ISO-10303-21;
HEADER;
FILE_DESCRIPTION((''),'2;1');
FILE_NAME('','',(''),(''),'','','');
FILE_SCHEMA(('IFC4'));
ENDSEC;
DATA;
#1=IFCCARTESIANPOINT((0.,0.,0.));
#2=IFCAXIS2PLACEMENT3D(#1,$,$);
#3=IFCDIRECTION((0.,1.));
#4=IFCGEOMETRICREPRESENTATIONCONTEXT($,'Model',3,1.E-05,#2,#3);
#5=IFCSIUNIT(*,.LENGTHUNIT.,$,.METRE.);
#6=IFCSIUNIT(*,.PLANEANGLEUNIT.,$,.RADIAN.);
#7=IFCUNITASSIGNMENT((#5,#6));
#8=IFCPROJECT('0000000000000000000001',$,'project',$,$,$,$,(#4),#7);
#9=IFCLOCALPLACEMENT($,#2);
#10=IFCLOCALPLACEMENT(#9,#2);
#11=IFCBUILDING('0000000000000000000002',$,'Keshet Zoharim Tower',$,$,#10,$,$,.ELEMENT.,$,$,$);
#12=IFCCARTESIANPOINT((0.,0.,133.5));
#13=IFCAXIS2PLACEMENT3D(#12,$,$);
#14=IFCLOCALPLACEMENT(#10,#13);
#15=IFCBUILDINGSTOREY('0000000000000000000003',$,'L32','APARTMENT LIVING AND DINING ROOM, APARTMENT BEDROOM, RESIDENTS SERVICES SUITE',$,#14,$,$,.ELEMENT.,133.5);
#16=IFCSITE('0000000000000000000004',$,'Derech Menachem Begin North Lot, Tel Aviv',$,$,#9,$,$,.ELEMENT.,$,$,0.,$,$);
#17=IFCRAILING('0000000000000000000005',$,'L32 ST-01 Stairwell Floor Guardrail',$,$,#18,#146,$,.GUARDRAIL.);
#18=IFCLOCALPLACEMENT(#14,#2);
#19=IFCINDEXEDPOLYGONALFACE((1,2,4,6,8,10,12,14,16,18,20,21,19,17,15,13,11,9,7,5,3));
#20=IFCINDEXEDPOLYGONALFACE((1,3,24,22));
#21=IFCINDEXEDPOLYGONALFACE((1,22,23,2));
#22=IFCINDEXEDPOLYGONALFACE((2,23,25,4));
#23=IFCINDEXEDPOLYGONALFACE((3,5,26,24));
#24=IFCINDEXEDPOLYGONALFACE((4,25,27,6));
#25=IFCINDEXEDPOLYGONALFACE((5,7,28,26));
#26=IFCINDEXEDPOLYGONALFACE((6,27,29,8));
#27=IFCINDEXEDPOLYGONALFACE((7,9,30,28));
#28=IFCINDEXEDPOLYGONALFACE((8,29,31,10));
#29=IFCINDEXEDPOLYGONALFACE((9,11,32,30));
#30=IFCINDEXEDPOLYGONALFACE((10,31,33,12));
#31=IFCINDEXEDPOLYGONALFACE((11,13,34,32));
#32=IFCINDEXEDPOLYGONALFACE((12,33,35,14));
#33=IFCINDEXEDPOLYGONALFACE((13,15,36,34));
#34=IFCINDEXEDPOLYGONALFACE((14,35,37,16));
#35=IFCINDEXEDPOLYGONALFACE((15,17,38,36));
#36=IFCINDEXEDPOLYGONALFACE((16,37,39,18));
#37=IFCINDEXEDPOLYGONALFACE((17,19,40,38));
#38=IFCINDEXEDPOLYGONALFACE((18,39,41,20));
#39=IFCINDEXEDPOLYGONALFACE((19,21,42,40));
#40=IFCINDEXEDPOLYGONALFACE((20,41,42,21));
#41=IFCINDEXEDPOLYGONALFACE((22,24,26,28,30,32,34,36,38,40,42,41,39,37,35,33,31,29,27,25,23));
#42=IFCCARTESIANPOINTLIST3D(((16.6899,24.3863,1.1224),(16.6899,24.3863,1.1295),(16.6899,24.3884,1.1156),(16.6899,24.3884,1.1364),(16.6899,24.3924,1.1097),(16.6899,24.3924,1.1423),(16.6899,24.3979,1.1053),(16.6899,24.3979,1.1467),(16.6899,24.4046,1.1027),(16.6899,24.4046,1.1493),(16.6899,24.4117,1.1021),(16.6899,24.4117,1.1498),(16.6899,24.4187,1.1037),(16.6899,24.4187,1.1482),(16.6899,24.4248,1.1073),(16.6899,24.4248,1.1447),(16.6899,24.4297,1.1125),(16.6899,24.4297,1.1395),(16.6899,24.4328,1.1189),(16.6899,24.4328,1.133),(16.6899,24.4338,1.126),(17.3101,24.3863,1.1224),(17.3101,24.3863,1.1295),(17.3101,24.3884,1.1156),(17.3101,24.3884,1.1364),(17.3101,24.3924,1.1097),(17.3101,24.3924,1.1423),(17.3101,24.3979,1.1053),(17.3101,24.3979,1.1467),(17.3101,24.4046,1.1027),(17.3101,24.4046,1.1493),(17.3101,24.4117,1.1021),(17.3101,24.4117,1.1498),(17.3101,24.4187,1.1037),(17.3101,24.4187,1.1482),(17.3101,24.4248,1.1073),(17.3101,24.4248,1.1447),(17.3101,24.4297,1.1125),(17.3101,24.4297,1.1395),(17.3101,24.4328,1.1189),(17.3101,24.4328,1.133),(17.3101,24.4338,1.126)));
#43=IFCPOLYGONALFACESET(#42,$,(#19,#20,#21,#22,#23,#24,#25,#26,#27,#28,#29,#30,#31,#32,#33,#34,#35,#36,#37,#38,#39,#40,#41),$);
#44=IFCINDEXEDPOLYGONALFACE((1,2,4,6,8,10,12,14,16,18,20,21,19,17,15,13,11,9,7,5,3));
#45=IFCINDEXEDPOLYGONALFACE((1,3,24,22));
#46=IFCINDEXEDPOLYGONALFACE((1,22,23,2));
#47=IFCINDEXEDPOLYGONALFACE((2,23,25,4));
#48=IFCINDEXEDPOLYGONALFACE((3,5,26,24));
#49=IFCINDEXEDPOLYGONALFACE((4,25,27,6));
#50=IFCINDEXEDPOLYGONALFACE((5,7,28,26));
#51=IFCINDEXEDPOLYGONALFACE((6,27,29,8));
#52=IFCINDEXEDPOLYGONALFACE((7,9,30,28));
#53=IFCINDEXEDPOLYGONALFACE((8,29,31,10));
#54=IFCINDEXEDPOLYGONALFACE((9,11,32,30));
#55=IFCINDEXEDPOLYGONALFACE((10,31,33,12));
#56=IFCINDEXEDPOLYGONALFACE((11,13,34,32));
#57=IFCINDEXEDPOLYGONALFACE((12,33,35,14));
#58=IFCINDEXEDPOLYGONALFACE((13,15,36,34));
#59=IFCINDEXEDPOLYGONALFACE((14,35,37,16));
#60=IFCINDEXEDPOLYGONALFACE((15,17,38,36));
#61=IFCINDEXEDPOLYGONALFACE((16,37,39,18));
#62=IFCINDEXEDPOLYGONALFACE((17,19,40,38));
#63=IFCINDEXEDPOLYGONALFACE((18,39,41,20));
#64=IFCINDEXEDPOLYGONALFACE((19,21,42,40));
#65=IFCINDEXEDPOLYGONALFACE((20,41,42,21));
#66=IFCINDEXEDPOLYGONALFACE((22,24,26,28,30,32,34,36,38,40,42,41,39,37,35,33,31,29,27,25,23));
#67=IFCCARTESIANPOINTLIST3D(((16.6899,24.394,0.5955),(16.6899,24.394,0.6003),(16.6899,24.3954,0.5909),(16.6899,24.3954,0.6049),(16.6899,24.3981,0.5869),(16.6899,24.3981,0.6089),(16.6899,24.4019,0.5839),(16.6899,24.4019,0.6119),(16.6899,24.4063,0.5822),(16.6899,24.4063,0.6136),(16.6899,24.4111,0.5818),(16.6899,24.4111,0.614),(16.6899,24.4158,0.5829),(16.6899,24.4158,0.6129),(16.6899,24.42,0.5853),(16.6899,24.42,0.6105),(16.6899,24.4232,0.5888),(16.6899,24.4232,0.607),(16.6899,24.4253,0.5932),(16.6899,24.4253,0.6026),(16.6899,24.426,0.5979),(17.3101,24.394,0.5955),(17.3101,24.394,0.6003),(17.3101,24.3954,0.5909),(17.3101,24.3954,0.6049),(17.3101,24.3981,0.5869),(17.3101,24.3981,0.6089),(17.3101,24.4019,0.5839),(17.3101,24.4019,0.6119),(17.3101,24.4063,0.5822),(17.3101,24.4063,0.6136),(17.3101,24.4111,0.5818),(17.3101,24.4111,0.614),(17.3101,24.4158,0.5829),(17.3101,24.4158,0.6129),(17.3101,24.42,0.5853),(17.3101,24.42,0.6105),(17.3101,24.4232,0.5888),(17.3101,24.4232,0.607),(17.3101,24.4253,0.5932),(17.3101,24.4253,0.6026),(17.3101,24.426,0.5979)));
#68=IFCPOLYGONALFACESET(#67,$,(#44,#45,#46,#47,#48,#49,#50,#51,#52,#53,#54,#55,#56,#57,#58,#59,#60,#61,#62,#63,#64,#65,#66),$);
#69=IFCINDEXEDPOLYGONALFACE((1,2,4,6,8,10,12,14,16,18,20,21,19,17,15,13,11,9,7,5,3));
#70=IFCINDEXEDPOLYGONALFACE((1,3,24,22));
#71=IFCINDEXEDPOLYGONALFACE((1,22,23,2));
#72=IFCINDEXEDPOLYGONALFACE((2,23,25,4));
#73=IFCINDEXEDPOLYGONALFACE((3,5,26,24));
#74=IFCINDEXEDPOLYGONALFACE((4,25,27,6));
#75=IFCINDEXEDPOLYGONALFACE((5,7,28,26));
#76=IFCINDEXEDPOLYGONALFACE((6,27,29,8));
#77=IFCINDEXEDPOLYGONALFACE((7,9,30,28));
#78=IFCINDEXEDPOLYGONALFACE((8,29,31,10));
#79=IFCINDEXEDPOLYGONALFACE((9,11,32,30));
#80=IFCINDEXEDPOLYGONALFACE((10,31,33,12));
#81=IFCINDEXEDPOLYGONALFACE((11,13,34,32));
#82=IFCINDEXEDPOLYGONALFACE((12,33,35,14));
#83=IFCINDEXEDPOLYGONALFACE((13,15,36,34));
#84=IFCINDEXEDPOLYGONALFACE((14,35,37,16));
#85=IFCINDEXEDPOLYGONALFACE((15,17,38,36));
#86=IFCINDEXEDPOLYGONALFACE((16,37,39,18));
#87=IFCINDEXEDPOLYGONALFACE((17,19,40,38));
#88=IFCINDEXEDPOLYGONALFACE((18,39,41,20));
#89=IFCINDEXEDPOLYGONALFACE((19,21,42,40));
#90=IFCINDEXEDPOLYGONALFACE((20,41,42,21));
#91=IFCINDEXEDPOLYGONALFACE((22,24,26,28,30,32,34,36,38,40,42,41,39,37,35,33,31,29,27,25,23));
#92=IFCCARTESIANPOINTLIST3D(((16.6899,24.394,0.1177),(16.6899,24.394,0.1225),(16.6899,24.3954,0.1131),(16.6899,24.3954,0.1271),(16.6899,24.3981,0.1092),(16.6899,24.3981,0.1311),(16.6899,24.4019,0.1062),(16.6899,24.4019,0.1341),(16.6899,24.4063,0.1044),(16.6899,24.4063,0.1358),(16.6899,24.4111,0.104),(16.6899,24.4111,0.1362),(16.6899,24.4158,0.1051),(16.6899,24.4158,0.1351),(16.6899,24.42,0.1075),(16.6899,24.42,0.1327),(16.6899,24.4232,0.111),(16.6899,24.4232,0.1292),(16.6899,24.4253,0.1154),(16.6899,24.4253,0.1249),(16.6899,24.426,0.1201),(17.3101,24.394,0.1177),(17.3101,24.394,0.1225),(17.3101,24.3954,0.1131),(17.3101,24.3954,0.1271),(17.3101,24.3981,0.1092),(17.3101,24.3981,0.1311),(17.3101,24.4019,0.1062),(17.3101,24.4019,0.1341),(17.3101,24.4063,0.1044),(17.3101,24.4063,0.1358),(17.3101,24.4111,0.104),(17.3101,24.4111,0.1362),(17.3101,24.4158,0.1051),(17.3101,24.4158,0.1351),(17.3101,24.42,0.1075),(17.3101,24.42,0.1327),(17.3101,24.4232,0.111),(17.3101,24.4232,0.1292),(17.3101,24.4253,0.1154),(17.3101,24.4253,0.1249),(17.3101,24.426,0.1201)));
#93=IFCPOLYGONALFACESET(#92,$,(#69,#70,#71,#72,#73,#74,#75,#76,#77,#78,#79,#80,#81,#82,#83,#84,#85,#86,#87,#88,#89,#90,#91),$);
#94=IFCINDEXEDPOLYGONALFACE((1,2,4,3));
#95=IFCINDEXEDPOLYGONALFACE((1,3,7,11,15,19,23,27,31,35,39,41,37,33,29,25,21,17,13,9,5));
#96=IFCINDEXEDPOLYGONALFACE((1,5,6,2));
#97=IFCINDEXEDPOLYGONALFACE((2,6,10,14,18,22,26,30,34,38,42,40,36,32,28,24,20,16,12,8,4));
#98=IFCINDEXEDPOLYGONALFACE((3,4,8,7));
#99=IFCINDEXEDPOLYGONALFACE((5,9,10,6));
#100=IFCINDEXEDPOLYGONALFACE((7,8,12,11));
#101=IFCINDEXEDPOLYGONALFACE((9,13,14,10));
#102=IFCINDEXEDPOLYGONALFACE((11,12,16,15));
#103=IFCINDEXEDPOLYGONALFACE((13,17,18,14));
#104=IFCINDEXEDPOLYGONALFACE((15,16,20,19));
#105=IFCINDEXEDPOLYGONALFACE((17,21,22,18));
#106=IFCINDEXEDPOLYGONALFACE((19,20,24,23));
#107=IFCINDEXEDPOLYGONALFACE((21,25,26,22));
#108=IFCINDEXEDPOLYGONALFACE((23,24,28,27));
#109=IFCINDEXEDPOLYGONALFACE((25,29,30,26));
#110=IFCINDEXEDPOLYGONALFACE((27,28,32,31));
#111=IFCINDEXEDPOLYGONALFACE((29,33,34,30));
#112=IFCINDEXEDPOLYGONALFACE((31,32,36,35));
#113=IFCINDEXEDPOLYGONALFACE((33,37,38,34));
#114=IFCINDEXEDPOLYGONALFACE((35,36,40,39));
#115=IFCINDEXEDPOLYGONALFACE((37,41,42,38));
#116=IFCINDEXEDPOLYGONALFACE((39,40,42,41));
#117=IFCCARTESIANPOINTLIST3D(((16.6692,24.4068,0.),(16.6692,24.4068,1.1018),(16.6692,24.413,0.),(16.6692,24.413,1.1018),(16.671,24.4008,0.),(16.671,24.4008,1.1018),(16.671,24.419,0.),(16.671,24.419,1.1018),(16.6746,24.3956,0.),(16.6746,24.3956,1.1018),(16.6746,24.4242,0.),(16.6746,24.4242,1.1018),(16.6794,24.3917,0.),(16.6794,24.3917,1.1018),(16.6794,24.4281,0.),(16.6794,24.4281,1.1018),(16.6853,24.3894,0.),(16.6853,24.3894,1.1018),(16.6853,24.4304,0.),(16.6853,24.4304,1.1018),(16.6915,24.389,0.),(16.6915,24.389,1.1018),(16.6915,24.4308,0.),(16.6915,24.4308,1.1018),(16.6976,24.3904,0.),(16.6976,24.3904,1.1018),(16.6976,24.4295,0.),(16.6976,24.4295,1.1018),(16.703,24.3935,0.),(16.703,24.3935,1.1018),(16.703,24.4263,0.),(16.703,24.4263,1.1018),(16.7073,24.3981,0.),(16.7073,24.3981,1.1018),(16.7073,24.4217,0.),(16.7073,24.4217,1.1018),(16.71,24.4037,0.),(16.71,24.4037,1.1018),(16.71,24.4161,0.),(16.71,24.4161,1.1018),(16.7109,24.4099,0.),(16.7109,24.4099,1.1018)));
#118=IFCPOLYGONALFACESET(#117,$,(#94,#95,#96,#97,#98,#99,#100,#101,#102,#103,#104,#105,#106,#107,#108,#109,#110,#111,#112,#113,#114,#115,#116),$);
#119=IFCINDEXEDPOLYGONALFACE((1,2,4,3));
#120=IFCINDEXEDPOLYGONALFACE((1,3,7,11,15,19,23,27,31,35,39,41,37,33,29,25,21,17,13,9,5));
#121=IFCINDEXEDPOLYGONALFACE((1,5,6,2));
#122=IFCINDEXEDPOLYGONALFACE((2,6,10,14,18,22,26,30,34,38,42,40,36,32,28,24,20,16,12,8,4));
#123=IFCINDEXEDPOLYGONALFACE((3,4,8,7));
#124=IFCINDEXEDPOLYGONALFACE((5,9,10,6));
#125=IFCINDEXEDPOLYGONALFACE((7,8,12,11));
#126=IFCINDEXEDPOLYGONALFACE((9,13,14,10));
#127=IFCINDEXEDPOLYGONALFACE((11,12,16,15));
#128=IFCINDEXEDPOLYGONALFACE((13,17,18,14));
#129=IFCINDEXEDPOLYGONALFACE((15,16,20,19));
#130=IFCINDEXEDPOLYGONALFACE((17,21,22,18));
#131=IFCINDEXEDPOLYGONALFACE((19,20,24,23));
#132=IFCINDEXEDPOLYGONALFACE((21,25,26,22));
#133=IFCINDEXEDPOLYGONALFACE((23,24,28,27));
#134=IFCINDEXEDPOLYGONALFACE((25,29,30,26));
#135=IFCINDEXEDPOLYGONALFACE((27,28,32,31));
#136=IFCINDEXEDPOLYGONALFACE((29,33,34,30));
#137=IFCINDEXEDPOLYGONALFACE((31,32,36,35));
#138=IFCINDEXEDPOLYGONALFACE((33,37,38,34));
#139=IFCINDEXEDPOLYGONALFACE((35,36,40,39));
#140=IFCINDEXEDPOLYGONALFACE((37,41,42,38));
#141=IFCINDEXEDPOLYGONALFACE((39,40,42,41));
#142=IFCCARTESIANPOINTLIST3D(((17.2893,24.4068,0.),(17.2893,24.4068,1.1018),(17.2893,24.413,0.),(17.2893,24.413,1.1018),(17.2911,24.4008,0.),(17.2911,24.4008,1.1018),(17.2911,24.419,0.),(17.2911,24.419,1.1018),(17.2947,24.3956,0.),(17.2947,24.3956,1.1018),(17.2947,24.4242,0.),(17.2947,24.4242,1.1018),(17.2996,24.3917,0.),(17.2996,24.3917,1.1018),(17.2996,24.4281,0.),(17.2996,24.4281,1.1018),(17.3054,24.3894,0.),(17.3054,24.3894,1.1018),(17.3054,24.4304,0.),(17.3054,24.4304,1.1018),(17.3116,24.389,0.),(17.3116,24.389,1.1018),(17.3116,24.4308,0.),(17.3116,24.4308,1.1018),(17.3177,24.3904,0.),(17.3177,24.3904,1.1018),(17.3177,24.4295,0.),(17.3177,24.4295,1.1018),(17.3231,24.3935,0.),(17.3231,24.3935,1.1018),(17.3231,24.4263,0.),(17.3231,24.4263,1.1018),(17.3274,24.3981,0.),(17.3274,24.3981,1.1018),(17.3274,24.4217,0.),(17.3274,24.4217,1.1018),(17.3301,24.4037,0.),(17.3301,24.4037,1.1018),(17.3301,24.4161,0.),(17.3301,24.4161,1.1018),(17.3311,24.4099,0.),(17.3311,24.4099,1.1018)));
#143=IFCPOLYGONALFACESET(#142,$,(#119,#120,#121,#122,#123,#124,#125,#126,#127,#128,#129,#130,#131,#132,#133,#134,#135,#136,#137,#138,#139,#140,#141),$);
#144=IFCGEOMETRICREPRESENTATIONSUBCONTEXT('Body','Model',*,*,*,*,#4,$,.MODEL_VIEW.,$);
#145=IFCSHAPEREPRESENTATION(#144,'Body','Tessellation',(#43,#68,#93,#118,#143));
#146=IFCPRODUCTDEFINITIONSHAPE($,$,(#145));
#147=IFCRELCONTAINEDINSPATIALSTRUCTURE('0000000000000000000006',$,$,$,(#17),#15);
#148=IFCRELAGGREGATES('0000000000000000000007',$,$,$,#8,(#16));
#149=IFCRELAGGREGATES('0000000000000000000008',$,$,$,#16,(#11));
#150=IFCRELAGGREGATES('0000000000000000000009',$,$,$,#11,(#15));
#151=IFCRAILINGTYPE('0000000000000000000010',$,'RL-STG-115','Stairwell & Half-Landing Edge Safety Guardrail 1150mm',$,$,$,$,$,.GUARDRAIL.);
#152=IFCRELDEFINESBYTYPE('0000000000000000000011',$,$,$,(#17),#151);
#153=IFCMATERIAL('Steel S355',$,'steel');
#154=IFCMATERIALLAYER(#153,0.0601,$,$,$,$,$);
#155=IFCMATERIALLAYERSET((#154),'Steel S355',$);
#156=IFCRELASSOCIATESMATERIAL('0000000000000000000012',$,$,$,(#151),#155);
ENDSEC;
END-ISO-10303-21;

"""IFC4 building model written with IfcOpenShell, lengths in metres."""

from ifc_helpers import new_model, si_unit, direction, frame, origin, origin_2d, place, context, subcontext, project, spatial, circle, extrude, material, layer, layer_set, type_object, element, save


model = new_model("IFC4")

# Units and contexts
model_context = context("Model", 3, precision=1e-05, world=origin(), true_north=direction((0.0, 1.0)))
body_context = subcontext(model_context, "Body", "Model", "MODEL_VIEW")
ifc_project = project(units=[si_unit("LENGTHUNIT", "METRE"), si_unit("PLANEANGLEUNIT", "RADIAN")], contexts=[model_context])

# Site, building, storey
site_placement = place(None, origin())
site = spatial("IfcSite", under=ifc_project, at=site_placement, Name="Derech Menachem Begin North Lot, Tel Aviv", CompositionType="ELEMENT", RefElevation=0.0)
building_placement = place(site_placement, origin())
building = spatial("IfcBuilding", under=site, at=building_placement, Name="Keshet Zoharim Tower", CompositionType="ELEMENT")
storey_placement = place(building_placement, frame((0.0, 0.0, 133.5)))
storey = spatial("IfcBuildingStorey", under=building, at=storey_placement, Name="L32", Description="APARTMENT LIVING AND DINING ROOM, APARTMENT BEDROOM, RESIDENTS SERVICES SUITE", CompositionType="ELEMENT", Elevation=133.5)

# Railing
ifc_material_1 = material(Name="Steel S355", Category="steel")
ifc_layer_1 = layer(ifc_material_1, 0.0601)
ifc_layer_set_1 = layer_set([ifc_layer_1], Name="Steel S355")
railing_type_1 = type_object("IfcRailingType", Name="RL-STG-115", Description="Stairwell & Half-Landing Edge Safety Guardrail 1150mm", PredefinedType="GUARDRAIL", material=ifc_layer_set_1)
railing_1_placement = place(storey_placement, frame((16.6899, 24.4099, 0.0)))
element("IfcRailing", 1, at=railing_1_placement, inside=storey, type_object=railing_type_1, Name="L32 ST-01 Stairwell Floor Guardrail", PredefinedType="GUARDRAIL", context=body_context, shape_type="SweptSolid", body=[
    extrude(circle(Radius=0.0239, at=origin_2d()), frame((0.0, 0.0, 1.126), z_axis=(1.0, 0.0, 0.0), x_axis=(0.0, 1.0, 0.0)), (0.0, 0.0, 1.0), 0.6201),
    extrude(circle(Radius=0.0161, at=origin_2d()), frame((0.0, 0.0, 0.5979), z_axis=(1.0, 0.0, 0.0), x_axis=(0.0, 1.0, 0.0)), (0.0, 0.0, 1.0), 0.6201),
    extrude(circle(Radius=0.0161, at=origin_2d()), frame((0.0, 0.0, 0.1201), z_axis=(1.0, 0.0, 0.0), x_axis=(0.0, 1.0, 0.0)), (0.0, 0.0, 1.0), 0.6201),
    extrude(circle(Radius=0.021, at=origin_2d()), origin(), (0.0, 0.0, 1.0), 1.1018),
    extrude(circle(Radius=0.021, at=origin_2d()), frame((0.6201, 0.0, 0.0)), (0.0, 0.0, 1.0), 1.1018),
])

save(model, "model.ifc")
